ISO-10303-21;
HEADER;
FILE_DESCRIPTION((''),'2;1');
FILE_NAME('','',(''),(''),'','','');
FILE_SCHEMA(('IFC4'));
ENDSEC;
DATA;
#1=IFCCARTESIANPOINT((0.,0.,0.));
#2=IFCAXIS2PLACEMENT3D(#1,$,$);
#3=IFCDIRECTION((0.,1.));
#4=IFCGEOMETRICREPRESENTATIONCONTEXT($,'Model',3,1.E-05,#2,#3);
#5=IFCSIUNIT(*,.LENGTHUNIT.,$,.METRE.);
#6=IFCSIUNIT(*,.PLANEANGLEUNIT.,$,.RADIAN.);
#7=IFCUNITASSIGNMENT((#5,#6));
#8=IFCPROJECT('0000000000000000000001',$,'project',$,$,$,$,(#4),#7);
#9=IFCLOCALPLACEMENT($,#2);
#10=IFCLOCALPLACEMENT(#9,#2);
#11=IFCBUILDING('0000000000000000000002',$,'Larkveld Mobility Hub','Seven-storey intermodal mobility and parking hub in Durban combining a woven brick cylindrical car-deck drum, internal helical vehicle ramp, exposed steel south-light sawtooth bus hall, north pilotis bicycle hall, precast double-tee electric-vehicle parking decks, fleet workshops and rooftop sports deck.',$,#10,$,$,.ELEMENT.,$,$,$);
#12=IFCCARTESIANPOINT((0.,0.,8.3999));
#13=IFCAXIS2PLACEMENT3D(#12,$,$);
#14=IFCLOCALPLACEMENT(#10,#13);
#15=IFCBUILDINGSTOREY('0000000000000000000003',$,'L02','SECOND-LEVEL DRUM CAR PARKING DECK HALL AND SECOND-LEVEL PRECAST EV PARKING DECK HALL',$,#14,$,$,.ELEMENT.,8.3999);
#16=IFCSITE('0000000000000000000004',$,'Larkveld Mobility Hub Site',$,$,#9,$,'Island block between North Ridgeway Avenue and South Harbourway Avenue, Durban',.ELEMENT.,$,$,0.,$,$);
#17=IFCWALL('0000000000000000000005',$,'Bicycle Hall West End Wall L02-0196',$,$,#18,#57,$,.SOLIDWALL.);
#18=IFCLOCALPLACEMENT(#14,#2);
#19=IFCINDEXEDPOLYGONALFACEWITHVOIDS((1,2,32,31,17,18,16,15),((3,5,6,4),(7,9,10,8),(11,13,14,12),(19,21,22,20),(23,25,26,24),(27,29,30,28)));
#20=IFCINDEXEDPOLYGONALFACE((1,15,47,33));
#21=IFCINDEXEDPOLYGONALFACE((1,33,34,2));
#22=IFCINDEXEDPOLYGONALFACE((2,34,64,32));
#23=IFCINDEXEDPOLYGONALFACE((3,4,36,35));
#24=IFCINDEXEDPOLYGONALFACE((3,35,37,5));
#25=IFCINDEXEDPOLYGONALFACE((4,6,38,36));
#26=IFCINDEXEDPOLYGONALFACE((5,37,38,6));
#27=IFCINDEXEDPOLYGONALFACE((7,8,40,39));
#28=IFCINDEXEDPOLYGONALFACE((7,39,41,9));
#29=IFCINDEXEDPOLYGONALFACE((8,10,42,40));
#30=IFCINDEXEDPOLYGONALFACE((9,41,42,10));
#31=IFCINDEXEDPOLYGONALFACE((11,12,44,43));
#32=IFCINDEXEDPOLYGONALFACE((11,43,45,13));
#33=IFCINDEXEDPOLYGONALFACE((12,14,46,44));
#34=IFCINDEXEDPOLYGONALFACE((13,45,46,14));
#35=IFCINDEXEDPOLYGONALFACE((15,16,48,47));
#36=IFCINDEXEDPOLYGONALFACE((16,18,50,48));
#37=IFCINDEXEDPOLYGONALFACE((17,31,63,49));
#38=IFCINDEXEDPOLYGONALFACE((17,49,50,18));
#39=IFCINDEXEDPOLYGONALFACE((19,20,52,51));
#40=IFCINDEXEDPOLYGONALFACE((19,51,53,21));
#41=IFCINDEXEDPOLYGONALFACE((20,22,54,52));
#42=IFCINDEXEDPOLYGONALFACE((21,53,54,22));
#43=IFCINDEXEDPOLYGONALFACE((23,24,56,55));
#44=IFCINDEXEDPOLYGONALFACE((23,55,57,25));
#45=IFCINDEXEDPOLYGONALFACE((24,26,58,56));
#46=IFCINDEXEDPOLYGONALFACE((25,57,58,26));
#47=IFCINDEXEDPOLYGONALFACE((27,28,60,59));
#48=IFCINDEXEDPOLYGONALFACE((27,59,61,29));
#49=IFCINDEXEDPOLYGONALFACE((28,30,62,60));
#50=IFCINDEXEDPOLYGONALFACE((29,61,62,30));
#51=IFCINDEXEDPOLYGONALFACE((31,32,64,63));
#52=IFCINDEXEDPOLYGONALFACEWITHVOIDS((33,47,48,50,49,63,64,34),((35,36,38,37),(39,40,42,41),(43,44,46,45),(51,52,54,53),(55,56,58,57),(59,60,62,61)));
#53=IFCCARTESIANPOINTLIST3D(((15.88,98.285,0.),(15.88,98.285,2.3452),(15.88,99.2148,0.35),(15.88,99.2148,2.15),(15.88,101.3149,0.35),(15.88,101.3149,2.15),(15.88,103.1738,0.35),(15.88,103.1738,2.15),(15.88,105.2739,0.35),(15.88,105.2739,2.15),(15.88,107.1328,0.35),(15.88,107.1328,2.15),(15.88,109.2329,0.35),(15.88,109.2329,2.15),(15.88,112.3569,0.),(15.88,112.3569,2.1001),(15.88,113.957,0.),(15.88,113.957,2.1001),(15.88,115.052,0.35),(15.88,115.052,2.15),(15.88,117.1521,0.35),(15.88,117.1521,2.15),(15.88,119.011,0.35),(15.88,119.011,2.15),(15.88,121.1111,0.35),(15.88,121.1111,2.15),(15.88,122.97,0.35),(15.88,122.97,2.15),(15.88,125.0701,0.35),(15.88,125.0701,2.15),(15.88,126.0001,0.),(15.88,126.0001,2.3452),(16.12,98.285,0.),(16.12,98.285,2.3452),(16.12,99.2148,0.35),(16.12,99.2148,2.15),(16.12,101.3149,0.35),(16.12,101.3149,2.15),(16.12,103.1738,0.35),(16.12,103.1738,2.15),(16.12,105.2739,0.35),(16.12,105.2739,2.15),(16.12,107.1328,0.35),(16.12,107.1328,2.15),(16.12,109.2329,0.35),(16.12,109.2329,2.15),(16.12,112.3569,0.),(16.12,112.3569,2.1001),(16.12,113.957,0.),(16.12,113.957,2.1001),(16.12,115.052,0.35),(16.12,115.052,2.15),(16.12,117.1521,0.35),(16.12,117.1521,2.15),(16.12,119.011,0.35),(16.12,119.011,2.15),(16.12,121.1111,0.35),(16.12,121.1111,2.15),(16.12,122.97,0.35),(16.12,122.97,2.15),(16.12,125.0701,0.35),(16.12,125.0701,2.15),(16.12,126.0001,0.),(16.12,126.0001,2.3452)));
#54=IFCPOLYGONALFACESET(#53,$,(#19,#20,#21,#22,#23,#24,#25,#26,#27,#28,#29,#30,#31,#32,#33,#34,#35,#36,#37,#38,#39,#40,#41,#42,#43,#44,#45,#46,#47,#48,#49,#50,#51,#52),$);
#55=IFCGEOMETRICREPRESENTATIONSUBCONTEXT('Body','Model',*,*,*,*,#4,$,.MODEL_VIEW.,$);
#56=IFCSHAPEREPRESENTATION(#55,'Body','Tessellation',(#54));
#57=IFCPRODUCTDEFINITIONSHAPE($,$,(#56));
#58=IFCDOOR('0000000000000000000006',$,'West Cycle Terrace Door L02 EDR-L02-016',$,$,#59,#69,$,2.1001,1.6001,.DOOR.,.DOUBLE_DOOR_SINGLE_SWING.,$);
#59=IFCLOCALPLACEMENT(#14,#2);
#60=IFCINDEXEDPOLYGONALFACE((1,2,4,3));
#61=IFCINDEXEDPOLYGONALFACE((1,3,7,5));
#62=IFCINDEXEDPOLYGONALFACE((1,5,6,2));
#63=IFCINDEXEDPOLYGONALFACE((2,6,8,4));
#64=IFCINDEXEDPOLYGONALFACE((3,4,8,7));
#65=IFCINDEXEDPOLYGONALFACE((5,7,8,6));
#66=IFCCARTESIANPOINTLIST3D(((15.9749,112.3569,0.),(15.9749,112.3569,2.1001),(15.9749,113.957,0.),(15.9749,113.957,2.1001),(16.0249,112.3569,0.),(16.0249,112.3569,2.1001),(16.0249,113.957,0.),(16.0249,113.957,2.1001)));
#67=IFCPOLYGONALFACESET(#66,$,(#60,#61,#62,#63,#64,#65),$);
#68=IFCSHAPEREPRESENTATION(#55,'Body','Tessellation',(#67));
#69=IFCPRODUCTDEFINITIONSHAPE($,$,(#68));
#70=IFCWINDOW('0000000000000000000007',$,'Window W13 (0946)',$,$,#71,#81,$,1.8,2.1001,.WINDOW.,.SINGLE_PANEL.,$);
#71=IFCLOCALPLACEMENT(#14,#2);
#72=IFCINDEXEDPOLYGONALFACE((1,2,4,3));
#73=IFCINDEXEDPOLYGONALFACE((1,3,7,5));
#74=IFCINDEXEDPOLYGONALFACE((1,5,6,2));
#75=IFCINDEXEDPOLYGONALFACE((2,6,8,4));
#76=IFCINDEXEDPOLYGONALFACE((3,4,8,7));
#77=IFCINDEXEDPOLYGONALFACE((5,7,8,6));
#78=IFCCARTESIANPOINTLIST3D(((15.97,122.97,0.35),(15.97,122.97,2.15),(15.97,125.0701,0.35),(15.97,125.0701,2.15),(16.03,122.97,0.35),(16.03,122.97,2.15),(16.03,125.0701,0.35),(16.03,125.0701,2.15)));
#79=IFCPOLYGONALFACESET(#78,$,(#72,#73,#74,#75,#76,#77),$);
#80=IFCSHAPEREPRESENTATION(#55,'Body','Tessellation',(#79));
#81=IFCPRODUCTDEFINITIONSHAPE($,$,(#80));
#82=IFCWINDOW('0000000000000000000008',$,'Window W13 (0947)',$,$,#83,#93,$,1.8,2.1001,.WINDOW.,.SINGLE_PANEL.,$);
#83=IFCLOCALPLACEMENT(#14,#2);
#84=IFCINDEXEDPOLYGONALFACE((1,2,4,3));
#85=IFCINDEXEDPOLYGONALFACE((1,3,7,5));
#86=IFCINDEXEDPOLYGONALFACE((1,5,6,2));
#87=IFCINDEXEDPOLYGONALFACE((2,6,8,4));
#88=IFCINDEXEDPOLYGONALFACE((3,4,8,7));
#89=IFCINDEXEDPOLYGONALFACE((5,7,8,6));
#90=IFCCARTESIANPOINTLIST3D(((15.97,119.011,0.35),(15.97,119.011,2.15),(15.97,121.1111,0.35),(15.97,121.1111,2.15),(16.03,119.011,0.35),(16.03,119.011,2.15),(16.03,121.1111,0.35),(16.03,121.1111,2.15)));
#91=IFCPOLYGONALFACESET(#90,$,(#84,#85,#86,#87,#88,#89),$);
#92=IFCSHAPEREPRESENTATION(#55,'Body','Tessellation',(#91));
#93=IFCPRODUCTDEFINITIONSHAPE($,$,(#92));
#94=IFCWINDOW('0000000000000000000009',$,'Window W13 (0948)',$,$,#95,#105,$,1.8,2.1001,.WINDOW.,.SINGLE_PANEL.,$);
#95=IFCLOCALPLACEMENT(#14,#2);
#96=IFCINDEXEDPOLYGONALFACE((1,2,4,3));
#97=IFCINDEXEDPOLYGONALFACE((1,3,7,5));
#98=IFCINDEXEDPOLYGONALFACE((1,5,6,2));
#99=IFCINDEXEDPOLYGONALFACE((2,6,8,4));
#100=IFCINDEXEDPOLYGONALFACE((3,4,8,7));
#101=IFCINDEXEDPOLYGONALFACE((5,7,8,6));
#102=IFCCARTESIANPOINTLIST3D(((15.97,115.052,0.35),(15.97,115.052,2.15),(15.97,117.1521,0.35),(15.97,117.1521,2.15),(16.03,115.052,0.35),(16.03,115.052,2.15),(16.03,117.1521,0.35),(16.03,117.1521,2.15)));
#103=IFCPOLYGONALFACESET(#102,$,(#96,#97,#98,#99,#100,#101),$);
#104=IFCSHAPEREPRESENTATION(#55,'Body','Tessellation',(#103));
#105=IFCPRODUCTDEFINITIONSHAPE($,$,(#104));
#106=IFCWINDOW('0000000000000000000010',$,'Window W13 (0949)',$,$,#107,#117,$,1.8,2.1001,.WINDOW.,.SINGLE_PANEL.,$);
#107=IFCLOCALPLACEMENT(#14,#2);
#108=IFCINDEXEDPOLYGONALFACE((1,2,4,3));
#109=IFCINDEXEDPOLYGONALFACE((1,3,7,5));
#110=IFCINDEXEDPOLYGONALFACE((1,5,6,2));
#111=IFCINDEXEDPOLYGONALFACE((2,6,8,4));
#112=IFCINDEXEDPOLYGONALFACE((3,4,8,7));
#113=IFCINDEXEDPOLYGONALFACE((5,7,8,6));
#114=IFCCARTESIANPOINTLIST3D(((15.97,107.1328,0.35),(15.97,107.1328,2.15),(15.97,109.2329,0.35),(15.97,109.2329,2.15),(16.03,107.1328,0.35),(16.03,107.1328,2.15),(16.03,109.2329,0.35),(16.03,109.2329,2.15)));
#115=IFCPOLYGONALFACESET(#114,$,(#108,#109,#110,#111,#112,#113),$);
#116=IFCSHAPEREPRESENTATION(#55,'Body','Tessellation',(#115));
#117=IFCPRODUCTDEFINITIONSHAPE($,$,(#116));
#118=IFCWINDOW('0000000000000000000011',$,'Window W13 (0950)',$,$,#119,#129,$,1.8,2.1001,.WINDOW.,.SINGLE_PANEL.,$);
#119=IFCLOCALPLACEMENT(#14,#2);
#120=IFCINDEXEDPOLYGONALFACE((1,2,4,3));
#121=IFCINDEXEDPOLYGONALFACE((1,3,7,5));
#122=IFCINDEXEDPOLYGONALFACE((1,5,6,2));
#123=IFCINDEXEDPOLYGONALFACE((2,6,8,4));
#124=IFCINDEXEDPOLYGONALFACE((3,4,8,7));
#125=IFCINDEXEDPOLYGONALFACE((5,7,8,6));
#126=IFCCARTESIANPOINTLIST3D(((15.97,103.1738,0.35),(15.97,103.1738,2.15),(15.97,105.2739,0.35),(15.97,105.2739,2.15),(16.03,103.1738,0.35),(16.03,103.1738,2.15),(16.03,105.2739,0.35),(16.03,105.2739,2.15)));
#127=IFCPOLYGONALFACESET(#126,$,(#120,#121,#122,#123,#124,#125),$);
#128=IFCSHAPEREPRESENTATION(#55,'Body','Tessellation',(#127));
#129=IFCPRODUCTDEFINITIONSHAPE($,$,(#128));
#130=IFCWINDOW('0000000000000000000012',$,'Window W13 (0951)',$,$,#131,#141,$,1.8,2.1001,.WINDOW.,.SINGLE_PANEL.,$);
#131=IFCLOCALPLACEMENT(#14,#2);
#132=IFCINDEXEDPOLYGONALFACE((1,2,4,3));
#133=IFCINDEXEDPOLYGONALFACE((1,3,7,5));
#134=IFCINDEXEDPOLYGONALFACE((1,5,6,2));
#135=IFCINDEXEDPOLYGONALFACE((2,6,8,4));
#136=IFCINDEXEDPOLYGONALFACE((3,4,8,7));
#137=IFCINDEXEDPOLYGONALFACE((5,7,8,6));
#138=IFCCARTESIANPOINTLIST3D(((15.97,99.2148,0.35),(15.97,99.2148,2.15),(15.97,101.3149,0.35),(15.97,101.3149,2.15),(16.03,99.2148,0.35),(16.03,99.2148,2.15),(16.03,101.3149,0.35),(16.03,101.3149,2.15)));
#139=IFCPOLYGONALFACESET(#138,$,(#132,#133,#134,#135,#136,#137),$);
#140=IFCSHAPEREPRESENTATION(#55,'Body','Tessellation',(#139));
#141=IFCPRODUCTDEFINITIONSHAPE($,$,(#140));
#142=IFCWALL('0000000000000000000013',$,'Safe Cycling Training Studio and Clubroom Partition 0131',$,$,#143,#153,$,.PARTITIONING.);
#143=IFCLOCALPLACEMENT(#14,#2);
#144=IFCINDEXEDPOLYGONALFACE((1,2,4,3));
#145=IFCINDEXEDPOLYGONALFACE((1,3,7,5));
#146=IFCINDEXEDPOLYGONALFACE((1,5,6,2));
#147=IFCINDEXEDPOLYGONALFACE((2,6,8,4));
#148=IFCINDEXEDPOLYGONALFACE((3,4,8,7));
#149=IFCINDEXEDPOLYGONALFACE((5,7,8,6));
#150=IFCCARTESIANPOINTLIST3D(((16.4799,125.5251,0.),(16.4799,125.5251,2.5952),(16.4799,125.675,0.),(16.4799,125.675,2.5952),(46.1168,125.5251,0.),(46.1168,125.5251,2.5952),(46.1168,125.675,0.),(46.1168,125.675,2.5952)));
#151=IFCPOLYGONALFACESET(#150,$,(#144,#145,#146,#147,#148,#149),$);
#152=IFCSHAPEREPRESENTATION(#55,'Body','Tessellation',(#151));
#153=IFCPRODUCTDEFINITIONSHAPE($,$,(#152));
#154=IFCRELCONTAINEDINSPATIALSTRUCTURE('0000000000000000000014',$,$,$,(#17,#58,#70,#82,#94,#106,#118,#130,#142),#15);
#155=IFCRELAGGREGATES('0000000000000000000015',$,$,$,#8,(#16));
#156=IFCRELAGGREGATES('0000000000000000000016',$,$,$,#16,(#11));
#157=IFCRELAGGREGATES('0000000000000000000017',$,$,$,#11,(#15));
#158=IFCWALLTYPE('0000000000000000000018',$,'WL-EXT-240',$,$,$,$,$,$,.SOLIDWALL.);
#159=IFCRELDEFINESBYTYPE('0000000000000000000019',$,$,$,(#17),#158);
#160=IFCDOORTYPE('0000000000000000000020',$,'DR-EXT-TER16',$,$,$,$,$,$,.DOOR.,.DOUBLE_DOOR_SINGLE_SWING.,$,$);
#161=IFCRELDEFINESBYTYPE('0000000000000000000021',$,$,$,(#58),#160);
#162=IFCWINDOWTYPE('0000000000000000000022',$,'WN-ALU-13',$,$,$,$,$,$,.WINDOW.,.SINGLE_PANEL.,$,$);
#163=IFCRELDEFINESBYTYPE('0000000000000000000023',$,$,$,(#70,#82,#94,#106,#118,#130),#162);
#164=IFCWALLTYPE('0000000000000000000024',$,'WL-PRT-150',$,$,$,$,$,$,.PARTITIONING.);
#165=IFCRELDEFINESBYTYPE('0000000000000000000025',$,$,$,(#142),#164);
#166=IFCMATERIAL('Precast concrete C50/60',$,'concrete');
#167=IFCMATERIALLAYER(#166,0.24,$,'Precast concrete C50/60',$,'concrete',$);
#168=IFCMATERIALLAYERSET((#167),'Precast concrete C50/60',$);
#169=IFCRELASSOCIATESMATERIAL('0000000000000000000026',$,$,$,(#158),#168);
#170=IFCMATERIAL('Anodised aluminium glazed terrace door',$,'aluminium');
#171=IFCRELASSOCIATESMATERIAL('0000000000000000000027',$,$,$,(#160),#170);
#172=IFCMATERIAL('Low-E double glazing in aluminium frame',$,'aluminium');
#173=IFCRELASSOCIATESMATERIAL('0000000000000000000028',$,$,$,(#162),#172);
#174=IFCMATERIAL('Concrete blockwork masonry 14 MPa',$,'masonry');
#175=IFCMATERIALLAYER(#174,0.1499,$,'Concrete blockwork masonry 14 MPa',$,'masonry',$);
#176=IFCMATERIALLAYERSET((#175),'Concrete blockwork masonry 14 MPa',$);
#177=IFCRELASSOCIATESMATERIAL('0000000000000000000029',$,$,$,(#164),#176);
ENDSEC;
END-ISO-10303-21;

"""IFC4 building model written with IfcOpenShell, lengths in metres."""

from ifc_helpers import new_model, si_unit, direction, frame, frame_2d, origin, place, context, subcontext, project, spatial, rectangle, extrude, material, layer, layer_set, type_object, element, fill, save


model = new_model("IFC4")

# Units and contexts
model_context = context("Model", 3, precision=1e-05, world=origin(), true_north=direction((0.0, 1.0)))
body_context = subcontext(model_context, "Body", "Model", "MODEL_VIEW")
ifc_project = project(units=[si_unit("LENGTHUNIT", "METRE"), si_unit("PLANEANGLEUNIT", "RADIAN")], contexts=[model_context])

# Site, building, storey
site_placement = place(None, origin())
site = spatial("IfcSite", under=ifc_project, at=site_placement, Name="Larkveld Mobility Hub Site", LongName="Island block between North Ridgeway Avenue and South Harbourway Avenue, Durban", CompositionType="ELEMENT", RefElevation=0.0)
building_placement = place(site_placement, origin())
building = spatial("IfcBuilding", under=site, at=building_placement, Name="Larkveld Mobility Hub", Description="Seven-storey intermodal mobility and parking hub in Durban combining a woven brick cylindrical car-deck drum, internal helical vehicle ramp, exposed steel south-light sawtooth bus hall, north pilotis bicycle hall, precast double-tee electric-vehicle parking decks, fleet workshops and rooftop sports deck.", CompositionType="ELEMENT")
storey_placement = place(building_placement, frame((0.0, 0.0, 8.3999)))
storey = spatial("IfcBuildingStorey", under=building, at=storey_placement, Name="L02", Description="SECOND-LEVEL DRUM CAR PARKING DECK HALL AND SECOND-LEVEL PRECAST EV PARKING DECK HALL", CompositionType="ELEMENT", Elevation=8.3999)

# Wall, openings, door, windows
ifc_material_1 = material(Name="Precast concrete C50/60", Category="concrete")
ifc_layer_1 = layer(ifc_material_1, 0.24, Name="Precast concrete C50/60", Category="concrete")
ifc_layer_set_1 = layer_set([ifc_layer_1], Name="Precast concrete C50/60")
wall_type_1 = type_object("IfcWallType", Name="WL-EXT-240", PredefinedType="SOLIDWALL", material=ifc_layer_set_1)
wall_1_placement = place(storey_placement, frame((16.0, 126.0, 0.0), z_axis=(0.0, 0.0, 1.0), x_axis=(0.0, -1.0, 0.0)))
wall_1 = element("IfcWall", 1, at=wall_1_placement, inside=storey, type_object=wall_type_1, Name="Bicycle Hall West End Wall L02-0196", PredefinedType="SOLIDWALL", context=body_context, shape_type="SweptSolid", body=[
    extrude(rectangle(XDim=27.7151, YDim=0.24, at=frame_2d((13.8574, 0.0))), origin(), (0.0, 0.0, 1.0), 2.3452),
])
opening_1_placement = place(wall_1_placement, frame((12.043, 0.0, 0.0)))
opening_1 = element("IfcOpeningElement", 2, at=opening_1_placement, cuts=wall_1, PredefinedType="OPENING", context=body_context, shape_type="SweptSolid", body=[
    extrude(rectangle(XDim=1.6001, YDim=2.1001, at=frame_2d((0.8, 1.05))), frame((0.0, 0.1299, 0.0), z_axis=(0.0, -1.0, 0.0), x_axis=(1.0, 0.0, 0.0)), (0.0, 0.0, 1.0), 0.26),
])
opening_2_placement = place(wall_1_placement, frame((0.9299, 0.0, 0.3501)))
opening_2 = element("IfcOpeningElement", 3, at=opening_2_placement, cuts=wall_1, PredefinedType="OPENING", context=body_context, shape_type="SweptSolid", body=[
    extrude(rectangle(XDim=2.1001, YDim=1.8, at=frame_2d((1.05, 0.8999))), frame((0.0, 0.1299, 0.0), z_axis=(0.0, -1.0, 0.0), x_axis=(1.0, 0.0, 0.0)), (0.0, 0.0, 1.0), 0.26),
])
opening_3_placement = place(wall_1_placement, frame((4.8889, 0.0, 0.3501)))
opening_3 = element("IfcOpeningElement", 4, at=opening_3_placement, cuts=wall_1, PredefinedType="OPENING", context=body_context, shape_type="SweptSolid", body=[
    extrude(rectangle(XDim=2.1001, YDim=1.8, at=frame_2d((1.05, 0.8999))), frame((0.0, 0.1299, 0.0), z_axis=(0.0, -1.0, 0.0), x_axis=(1.0, 0.0, 0.0)), (0.0, 0.0, 1.0), 0.26),
])
opening_4_placement = place(wall_1_placement, frame((8.8479, 0.0, 0.3501)))
opening_4 = element("IfcOpeningElement", 5, at=opening_4_placement, cuts=wall_1, PredefinedType="OPENING", context=body_context, shape_type="SweptSolid", body=[
    extrude(rectangle(XDim=2.1001, YDim=1.8, at=frame_2d((1.05, 0.8999))), frame((0.0, 0.1299, 0.0), z_axis=(0.0, -1.0, 0.0), x_axis=(1.0, 0.0, 0.0)), (0.0, 0.0, 1.0), 0.26),
])
opening_5_placement = place(wall_1_placement, frame((16.7671, 0.0, 0.3501)))
opening_5 = element("IfcOpeningElement", 6, at=opening_5_placement, cuts=wall_1, PredefinedType="OPENING", context=body_context, shape_type="SweptSolid", body=[
    extrude(rectangle(XDim=2.1001, YDim=1.8, at=frame_2d((1.05, 0.8999))), frame((0.0, 0.1299, 0.0), z_axis=(0.0, -1.0, 0.0), x_axis=(1.0, 0.0, 0.0)), (0.0, 0.0, 1.0), 0.26),
])
opening_6_placement = place(wall_1_placement, frame((20.7261, 0.0, 0.3501)))
opening_6 = element("IfcOpeningElement", 7, at=opening_6_placement, cuts=wall_1, PredefinedType="OPENING", context=body_context, shape_type="SweptSolid", body=[
    extrude(rectangle(XDim=2.1001, YDim=1.8, at=frame_2d((1.05, 0.8999))), frame((0.0, 0.1299, 0.0), z_axis=(0.0, -1.0, 0.0), x_axis=(1.0, 0.0, 0.0)), (0.0, 0.0, 1.0), 0.26),
])
opening_7_placement = place(wall_1_placement, frame((24.6851, 0.0, 0.3501)))
opening_7 = element("IfcOpeningElement", 8, at=opening_7_placement, cuts=wall_1, PredefinedType="OPENING", context=body_context, shape_type="SweptSolid", body=[
    extrude(rectangle(XDim=2.1001, YDim=1.8, at=frame_2d((1.05, 0.8999))), frame((0.0, 0.1299, 0.0), z_axis=(0.0, -1.0, 0.0), x_axis=(1.0, 0.0, 0.0)), (0.0, 0.0, 1.0), 0.26),
])
ifc_material_2 = material(Name="Anodised aluminium glazed terrace door", Category="aluminium")
door_type = type_object("IfcDoorType", Name="DR-EXT-TER16", OperationType="DOUBLE_DOOR_SINGLE_SWING", PredefinedType="DOOR", material=ifc_material_2)
door_placement = place(opening_1_placement, origin())
door = element("IfcDoor", 9, at=door_placement, inside=storey, type_object=door_type, Name="West Cycle Terrace Door L02 EDR-L02-016", OperationType="DOUBLE_DOOR_SINGLE_SWING", OverallHeight=2.1001, OverallWidth=1.6001, PredefinedType="DOOR", context=body_context, shape_type="SweptSolid", body=[
    extrude(rectangle(XDim=1.6001, YDim=2.1001, at=frame_2d((0.8, 1.05))), frame((0.0, 0.0249, 0.0), z_axis=(0.0, -1.0, 0.0), x_axis=(1.0, 0.0, 0.0)), (0.0, 0.0, 1.0), 0.05),
])
fill(opening_1, door)
ifc_material_3 = material(Name="Low-E double glazing in aluminium frame", Category="aluminium")
window_type = type_object("IfcWindowType", Name="WN-ALU-13", PartitioningType="SINGLE_PANEL", PredefinedType="WINDOW", material=ifc_material_3)
window_1_placement = place(opening_2_placement, origin())
window_1 = element("IfcWindow", 10, at=window_1_placement, inside=storey, type_object=window_type, Name="Window W13 (0946)", OverallHeight=1.8, OverallWidth=2.1001, PartitioningType="SINGLE_PANEL", PredefinedType="WINDOW", context=body_context, shape_type="SweptSolid", body=[
    extrude(rectangle(XDim=2.1001, YDim=1.8, at=frame_2d((1.05, 0.8999))), frame((0.0, 0.03, 0.0), z_axis=(0.0, -1.0, 0.0), x_axis=(1.0, 0.0, 0.0)), (0.0, 0.0, 1.0), 0.0601),
])
fill(opening_2, window_1)
window_2_placement = place(opening_3_placement, origin())
window_2 = element("IfcWindow", 11, at=window_2_placement, inside=storey, type_object=window_type, Name="Window W13 (0947)", OverallHeight=1.8, OverallWidth=2.1001, PartitioningType="SINGLE_PANEL", PredefinedType="WINDOW", context=body_context, shape_type="SweptSolid", body=[
    extrude(rectangle(XDim=2.1001, YDim=1.8, at=frame_2d((1.05, 0.8999))), frame((0.0, 0.03, 0.0), z_axis=(0.0, -1.0, 0.0), x_axis=(1.0, 0.0, 0.0)), (0.0, 0.0, 1.0), 0.0601),
])
fill(opening_3, window_2)
window_3_placement = place(opening_4_placement, origin())
window_3 = element("IfcWindow", 12, at=window_3_placement, inside=storey, type_object=window_type, Name="Window W13 (0948)", OverallHeight=1.8, OverallWidth=2.1001, PartitioningType="SINGLE_PANEL", PredefinedType="WINDOW", context=body_context, shape_type="SweptSolid", body=[
    extrude(rectangle(XDim=2.1001, YDim=1.8, at=frame_2d((1.05, 0.8999))), frame((0.0, 0.03, 0.0), z_axis=(0.0, -1.0, 0.0), x_axis=(1.0, 0.0, 0.0)), (0.0, 0.0, 1.0), 0.0601),
])
fill(opening_4, window_3)
window_4_placement = place(opening_5_placement, origin())
window_4 = element("IfcWindow", 13, at=window_4_placement, inside=storey, type_object=window_type, Name="Window W13 (0949)", OverallHeight=1.8, OverallWidth=2.1001, PartitioningType="SINGLE_PANEL", PredefinedType="WINDOW", context=body_context, shape_type="SweptSolid", body=[
    extrude(rectangle(XDim=2.1001, YDim=1.8, at=frame_2d((1.05, 0.8999))), frame((0.0, 0.03, 0.0), z_axis=(0.0, -1.0, 0.0), x_axis=(1.0, 0.0, 0.0)), (0.0, 0.0, 1.0), 0.0601),
])
fill(opening_5, window_4)
window_5_placement = place(opening_6_placement, origin())
window_5 = element("IfcWindow", 14, at=window_5_placement, inside=storey, type_object=window_type, Name="Window W13 (0950)", OverallHeight=1.8, OverallWidth=2.1001, PartitioningType="SINGLE_PANEL", PredefinedType="WINDOW", context=body_context, shape_type="SweptSolid", body=[
    extrude(rectangle(XDim=2.1001, YDim=1.8, at=frame_2d((1.05, 0.8999))), frame((0.0, 0.03, 0.0), z_axis=(0.0, -1.0, 0.0), x_axis=(1.0, 0.0, 0.0)), (0.0, 0.0, 1.0), 0.0601),
])
fill(opening_6, window_5)
window_6_placement = place(opening_7_placement, origin())
window_6 = element("IfcWindow", 15, at=window_6_placement, inside=storey, type_object=window_type, Name="Window W13 (0951)", OverallHeight=1.8, OverallWidth=2.1001, PartitioningType="SINGLE_PANEL", PredefinedType="WINDOW", context=body_context, shape_type="SweptSolid", body=[
    extrude(rectangle(XDim=2.1001, YDim=1.8, at=frame_2d((1.05, 0.8999))), frame((0.0, 0.03, 0.0), z_axis=(0.0, -1.0, 0.0), x_axis=(1.0, 0.0, 0.0)), (0.0, 0.0, 1.0), 0.0601),
])
fill(opening_7, window_6)

# Wall
ifc_material_4 = material(Name="Concrete blockwork masonry 14 MPa", Category="masonry")
ifc_layer_2 = layer(ifc_material_4, 0.1499, Name="Concrete blockwork masonry 14 MPa", Category="masonry")
ifc_layer_set_2 = layer_set([ifc_layer_2], Name="Concrete blockwork masonry 14 MPa")
wall_type_2 = type_object("IfcWallType", Name="WL-PRT-150", PredefinedType="PARTITIONING", material=ifc_layer_set_2)
wall_2_placement = place(storey_placement, frame((16.48, 125.6001, 0.0), z_axis=(0.0, 0.0, 1.0), x_axis=(1.0, 0.0, 0.0)))
element("IfcWall", 16, at=wall_2_placement, inside=storey, type_object=wall_type_2, Name="Safe Cycling Training Studio and Clubroom Partition 0131", PredefinedType="PARTITIONING", context=body_context, shape_type="SweptSolid", body=[
    extrude(rectangle(XDim=29.637, YDim=0.1499, at=frame_2d((14.8184, 0.0))), origin(), (0.0, 0.0, 1.0), 2.5952),
])

save(model, "model.ifc")
